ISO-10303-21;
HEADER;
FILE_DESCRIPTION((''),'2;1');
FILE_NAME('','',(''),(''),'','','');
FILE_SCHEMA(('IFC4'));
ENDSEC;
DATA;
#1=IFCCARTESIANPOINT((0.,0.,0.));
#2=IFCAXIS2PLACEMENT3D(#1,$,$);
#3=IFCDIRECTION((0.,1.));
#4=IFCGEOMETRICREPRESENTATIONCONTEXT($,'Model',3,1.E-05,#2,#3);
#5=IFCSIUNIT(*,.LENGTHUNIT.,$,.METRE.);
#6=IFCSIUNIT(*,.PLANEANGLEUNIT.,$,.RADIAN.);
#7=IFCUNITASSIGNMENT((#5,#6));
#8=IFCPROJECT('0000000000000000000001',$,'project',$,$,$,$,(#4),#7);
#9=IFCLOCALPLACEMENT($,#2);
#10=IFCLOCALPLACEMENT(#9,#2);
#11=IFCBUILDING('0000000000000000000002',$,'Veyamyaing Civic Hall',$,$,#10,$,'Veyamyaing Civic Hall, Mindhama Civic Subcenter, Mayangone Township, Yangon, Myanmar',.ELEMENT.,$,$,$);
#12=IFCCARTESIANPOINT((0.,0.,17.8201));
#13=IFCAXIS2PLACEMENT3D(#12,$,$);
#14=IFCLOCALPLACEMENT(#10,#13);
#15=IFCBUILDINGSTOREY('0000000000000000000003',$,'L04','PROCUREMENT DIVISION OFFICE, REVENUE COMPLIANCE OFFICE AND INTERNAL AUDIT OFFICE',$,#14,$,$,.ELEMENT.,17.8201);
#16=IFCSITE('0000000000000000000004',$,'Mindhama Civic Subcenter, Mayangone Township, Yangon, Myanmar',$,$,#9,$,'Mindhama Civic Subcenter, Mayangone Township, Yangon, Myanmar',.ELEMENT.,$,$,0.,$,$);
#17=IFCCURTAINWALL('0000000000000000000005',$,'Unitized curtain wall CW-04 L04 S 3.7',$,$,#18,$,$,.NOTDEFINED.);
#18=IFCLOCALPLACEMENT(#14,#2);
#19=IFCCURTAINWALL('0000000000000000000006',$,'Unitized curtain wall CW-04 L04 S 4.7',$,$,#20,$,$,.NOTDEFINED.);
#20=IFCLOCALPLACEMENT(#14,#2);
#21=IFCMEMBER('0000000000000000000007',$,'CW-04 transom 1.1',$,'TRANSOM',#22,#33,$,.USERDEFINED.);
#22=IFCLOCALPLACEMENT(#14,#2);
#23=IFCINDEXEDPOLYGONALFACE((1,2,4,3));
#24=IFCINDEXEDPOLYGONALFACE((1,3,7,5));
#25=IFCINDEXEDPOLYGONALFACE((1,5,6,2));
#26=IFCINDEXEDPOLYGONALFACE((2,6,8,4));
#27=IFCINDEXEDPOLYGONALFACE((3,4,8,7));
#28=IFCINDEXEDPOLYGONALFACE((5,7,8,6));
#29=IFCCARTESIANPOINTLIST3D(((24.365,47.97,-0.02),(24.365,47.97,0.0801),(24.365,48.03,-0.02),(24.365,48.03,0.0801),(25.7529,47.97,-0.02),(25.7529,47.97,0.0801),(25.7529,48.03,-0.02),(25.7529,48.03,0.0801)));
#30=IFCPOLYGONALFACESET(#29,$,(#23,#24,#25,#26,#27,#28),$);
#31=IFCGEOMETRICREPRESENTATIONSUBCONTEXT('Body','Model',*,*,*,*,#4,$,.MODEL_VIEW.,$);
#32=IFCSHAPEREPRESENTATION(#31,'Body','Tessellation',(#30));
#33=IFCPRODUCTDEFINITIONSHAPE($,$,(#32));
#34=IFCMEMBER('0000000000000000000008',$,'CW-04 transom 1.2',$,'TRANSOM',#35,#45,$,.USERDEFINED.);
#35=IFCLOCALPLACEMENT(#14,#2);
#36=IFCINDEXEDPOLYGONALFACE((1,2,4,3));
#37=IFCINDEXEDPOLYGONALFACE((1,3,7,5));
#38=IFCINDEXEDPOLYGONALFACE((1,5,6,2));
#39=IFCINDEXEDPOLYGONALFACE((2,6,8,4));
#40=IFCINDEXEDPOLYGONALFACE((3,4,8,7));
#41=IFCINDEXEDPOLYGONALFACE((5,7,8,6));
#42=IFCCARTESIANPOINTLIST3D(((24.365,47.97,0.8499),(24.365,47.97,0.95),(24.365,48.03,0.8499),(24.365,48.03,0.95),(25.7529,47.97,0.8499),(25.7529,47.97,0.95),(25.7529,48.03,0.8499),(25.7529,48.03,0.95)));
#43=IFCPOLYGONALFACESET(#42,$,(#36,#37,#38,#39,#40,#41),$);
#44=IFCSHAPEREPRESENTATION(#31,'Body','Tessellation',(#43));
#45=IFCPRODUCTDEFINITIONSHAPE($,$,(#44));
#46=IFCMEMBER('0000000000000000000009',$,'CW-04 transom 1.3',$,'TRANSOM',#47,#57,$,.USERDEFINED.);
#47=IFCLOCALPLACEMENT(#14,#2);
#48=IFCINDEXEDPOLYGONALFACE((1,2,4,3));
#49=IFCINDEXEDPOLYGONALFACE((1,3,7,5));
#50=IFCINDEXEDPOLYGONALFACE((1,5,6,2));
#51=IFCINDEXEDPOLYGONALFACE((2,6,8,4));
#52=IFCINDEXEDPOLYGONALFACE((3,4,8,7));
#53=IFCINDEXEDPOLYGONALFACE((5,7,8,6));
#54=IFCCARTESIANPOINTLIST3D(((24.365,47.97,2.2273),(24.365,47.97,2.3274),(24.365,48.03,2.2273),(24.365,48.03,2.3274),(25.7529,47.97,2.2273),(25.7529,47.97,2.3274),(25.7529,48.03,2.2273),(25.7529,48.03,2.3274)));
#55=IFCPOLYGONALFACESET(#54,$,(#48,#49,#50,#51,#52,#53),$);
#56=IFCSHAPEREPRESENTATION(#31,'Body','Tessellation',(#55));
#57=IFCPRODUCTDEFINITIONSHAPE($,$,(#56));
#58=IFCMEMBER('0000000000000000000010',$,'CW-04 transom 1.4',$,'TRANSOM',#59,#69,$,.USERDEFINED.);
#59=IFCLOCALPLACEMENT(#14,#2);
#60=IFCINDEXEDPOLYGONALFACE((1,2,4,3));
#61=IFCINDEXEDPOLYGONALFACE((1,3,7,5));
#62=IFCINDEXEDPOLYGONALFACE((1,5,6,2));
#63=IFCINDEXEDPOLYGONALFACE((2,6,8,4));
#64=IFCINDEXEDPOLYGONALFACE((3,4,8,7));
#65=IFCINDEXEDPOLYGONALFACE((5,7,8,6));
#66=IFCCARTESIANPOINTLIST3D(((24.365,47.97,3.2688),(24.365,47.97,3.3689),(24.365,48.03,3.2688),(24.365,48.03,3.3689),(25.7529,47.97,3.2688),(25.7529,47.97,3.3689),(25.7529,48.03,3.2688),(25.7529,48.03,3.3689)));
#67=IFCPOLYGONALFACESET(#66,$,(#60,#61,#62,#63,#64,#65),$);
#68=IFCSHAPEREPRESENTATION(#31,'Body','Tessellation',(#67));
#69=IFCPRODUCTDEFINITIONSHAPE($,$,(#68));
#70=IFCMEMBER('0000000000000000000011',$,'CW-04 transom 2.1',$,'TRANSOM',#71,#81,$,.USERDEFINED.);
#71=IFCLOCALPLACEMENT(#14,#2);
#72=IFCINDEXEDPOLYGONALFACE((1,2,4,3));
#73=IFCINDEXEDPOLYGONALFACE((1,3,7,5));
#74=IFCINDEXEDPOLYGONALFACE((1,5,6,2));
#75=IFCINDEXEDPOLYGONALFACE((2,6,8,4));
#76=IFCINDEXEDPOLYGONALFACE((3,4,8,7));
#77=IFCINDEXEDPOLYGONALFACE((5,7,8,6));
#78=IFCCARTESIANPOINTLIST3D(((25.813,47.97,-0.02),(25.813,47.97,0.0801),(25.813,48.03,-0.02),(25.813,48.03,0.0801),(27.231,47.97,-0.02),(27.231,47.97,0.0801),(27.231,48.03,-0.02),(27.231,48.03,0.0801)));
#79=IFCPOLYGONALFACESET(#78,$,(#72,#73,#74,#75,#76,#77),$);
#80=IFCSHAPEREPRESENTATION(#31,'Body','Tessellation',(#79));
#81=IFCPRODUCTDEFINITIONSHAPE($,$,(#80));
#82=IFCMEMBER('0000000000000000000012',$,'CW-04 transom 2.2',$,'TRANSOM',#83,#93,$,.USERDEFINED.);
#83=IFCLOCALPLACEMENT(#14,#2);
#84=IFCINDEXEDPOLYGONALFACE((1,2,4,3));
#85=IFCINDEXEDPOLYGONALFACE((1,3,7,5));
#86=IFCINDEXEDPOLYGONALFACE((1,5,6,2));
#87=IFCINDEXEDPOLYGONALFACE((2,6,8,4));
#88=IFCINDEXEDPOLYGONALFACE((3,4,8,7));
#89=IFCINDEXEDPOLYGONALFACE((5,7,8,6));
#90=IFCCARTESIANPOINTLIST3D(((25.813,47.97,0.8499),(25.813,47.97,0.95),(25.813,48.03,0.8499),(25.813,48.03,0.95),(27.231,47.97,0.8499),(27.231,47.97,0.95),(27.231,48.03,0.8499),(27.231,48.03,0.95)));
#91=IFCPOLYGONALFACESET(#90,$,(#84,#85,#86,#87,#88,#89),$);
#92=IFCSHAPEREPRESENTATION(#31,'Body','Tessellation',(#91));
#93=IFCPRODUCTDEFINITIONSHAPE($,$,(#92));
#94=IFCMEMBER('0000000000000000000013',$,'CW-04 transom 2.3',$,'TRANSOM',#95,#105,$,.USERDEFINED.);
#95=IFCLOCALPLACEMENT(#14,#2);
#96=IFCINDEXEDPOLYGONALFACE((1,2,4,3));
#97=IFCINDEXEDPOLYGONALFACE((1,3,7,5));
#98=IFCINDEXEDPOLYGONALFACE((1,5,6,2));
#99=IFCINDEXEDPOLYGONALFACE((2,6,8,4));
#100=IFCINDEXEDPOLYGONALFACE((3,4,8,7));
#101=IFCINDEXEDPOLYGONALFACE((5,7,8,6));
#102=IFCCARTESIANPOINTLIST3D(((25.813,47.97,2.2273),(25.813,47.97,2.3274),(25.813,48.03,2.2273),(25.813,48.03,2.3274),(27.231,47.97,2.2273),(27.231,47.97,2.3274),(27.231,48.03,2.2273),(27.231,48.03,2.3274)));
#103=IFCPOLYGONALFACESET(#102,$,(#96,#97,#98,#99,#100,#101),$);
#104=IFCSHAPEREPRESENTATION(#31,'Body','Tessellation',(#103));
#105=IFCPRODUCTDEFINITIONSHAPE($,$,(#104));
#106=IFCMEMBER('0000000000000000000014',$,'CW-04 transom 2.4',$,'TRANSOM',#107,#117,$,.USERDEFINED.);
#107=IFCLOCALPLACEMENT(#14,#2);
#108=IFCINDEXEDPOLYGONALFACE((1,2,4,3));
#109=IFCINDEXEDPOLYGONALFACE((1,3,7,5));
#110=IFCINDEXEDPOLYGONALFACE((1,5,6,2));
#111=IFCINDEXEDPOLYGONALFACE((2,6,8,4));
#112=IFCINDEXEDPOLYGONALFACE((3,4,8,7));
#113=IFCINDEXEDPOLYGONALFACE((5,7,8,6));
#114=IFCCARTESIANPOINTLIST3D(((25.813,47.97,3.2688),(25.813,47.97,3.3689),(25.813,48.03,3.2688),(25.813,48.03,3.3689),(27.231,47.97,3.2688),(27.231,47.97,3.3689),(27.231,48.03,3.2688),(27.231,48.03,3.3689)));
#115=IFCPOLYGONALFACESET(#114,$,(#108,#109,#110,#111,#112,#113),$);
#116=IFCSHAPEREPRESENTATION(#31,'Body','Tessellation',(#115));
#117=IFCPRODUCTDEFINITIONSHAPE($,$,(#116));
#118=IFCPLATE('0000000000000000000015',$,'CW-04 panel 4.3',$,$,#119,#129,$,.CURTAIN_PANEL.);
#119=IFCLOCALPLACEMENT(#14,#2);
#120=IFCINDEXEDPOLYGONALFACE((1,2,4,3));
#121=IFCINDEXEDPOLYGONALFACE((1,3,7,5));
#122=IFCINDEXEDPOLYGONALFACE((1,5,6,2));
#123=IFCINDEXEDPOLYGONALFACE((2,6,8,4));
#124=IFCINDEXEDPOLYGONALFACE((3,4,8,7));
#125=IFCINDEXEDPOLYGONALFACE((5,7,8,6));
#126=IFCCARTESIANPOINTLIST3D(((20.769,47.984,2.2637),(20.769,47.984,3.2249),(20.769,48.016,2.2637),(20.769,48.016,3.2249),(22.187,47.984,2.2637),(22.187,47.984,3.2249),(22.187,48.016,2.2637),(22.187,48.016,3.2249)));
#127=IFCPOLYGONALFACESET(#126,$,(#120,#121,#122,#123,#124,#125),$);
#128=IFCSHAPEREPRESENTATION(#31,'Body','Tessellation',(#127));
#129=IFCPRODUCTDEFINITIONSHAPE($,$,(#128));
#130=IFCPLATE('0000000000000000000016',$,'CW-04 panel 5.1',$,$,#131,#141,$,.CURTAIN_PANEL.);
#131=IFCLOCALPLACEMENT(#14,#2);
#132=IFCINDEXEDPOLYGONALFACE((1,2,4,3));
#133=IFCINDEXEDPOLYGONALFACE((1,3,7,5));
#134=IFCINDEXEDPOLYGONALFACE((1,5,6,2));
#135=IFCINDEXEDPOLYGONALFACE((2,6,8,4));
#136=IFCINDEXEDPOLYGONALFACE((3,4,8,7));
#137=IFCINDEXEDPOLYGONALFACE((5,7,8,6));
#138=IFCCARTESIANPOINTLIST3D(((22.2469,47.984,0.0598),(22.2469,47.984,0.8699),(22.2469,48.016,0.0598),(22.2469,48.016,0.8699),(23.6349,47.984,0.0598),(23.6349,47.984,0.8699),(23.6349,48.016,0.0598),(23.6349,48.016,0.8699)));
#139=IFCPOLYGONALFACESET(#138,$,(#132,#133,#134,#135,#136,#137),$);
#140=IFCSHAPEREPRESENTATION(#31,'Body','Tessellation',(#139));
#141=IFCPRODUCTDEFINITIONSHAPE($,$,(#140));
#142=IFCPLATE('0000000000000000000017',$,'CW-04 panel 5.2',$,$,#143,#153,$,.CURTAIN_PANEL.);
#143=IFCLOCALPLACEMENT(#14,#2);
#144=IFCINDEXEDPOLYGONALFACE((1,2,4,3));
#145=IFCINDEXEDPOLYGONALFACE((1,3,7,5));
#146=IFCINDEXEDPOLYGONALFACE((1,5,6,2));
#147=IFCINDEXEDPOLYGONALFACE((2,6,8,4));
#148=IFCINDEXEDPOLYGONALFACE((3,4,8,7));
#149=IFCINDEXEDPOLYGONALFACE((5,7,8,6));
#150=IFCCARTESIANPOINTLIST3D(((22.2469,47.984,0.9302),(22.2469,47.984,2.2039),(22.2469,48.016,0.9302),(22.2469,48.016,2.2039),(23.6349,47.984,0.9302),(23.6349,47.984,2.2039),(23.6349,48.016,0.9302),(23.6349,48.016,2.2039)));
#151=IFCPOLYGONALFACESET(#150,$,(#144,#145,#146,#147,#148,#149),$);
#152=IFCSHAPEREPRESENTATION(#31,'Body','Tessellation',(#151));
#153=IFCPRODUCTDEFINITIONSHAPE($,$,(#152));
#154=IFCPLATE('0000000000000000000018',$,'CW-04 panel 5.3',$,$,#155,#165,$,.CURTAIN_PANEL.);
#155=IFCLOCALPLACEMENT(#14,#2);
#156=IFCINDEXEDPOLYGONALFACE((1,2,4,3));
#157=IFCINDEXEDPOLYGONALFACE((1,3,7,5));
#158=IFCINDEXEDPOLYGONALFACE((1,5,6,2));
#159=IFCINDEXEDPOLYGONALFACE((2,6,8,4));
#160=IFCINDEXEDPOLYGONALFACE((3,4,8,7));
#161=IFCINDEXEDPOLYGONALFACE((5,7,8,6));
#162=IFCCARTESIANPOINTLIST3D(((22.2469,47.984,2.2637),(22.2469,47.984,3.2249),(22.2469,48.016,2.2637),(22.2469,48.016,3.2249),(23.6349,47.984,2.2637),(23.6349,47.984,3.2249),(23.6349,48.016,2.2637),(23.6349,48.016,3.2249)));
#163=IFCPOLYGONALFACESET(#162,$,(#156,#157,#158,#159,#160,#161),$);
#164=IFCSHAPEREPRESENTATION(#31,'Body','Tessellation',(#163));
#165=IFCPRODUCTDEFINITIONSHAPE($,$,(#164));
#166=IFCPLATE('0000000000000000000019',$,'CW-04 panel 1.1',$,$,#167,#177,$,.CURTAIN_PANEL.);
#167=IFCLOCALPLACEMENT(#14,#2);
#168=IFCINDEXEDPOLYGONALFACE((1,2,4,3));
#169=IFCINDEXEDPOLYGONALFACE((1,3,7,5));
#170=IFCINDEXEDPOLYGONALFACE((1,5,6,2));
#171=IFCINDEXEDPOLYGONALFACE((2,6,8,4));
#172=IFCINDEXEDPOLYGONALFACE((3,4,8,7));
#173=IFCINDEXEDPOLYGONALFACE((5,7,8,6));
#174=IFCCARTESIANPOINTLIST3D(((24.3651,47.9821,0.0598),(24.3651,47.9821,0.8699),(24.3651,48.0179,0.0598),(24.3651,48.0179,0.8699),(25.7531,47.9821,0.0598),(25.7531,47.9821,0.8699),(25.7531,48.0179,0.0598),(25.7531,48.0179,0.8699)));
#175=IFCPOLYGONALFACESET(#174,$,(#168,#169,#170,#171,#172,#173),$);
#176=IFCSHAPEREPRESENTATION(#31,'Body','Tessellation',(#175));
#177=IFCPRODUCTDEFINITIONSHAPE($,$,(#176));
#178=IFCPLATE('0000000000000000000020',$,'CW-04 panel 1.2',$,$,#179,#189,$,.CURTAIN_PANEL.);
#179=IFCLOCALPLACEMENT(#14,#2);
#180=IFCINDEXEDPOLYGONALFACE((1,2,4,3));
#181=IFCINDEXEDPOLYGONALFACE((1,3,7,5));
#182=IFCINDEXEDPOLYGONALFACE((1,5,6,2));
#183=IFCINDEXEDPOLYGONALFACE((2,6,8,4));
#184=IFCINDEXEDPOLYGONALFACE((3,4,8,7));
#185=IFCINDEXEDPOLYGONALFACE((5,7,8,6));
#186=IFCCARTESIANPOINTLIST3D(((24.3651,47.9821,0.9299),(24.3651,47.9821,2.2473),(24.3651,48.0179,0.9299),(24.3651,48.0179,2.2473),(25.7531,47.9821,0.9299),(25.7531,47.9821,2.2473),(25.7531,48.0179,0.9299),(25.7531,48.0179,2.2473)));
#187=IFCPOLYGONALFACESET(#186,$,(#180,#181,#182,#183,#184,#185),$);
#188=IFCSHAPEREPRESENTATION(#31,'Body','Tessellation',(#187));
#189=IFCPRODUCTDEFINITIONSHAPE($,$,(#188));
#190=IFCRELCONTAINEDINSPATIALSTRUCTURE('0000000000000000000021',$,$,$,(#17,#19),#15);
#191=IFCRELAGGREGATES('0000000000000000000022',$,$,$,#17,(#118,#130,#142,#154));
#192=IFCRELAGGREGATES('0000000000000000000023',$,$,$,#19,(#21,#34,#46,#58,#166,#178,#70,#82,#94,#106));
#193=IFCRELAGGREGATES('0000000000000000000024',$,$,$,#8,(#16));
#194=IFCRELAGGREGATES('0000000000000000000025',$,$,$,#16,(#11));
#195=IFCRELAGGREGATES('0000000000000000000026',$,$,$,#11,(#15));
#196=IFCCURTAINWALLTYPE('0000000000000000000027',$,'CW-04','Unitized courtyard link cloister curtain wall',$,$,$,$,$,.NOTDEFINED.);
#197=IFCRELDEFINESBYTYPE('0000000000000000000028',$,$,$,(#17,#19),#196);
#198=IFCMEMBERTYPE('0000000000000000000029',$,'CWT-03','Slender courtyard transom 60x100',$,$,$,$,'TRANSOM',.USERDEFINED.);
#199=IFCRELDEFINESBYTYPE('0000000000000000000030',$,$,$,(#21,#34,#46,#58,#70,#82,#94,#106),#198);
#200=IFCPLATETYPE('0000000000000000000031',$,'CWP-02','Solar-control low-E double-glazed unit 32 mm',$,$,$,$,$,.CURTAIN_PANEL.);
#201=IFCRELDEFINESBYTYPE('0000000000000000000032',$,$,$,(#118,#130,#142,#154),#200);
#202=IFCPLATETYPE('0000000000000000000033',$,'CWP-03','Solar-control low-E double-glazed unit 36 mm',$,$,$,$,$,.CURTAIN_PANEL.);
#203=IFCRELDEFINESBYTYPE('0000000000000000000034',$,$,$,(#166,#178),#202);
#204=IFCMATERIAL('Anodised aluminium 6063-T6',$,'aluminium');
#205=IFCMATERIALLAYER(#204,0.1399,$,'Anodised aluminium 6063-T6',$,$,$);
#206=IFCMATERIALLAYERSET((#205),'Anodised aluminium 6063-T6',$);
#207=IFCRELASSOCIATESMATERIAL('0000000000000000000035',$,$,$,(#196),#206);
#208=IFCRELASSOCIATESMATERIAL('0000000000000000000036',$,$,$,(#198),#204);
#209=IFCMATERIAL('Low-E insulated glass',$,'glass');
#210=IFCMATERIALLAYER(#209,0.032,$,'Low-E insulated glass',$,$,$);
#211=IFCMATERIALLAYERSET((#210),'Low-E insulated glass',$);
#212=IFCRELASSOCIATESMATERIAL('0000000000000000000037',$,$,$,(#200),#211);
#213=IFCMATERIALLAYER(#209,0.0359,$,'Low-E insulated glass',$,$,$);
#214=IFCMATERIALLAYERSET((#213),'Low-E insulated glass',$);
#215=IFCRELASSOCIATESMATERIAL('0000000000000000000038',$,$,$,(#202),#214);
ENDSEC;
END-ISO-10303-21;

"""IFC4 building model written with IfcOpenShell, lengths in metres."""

from ifc_helpers import new_model, si_unit, direction, frame, origin, origin_2d, place, context, subcontext, project, spatial, rectangle, extrude, material, layer, layer_set, material_profile, profile_set, type_object, element, aggregate, save


model = new_model("IFC4")

# Units and contexts
model_context = context("Model", 3, precision=1e-05, world=origin(), true_north=direction((0.0, 1.0)))
body_context = subcontext(model_context, "Body", "Model", "MODEL_VIEW")
ifc_project = project(units=[si_unit("LENGTHUNIT", "METRE"), si_unit("PLANEANGLEUNIT", "RADIAN")], contexts=[model_context])

# Site, building, storey
site_placement = place(None, origin())
site = spatial("IfcSite", under=ifc_project, at=site_placement, Name="Mindhama Civic Subcenter, Mayangone Township, Yangon, Myanmar", LongName="Mindhama Civic Subcenter, Mayangone Township, Yangon, Myanmar", CompositionType="ELEMENT", RefElevation=0.0)
building_placement = place(site_placement, origin())
building = spatial("IfcBuilding", under=site, at=building_placement, Name="Veyamyaing Civic Hall", LongName="Veyamyaing Civic Hall, Mindhama Civic Subcenter, Mayangone Township, Yangon, Myanmar", CompositionType="ELEMENT")
storey_placement = place(building_placement, frame((0.0, 0.0, 17.8201)))
storey = spatial("IfcBuildingStorey", under=building, at=storey_placement, Name="L04", Description="PROCUREMENT DIVISION OFFICE, REVENUE COMPLIANCE OFFICE AND INTERNAL AUDIT OFFICE", CompositionType="ELEMENT", Elevation=17.8201)

# Curtain walls
ifc_material_1 = material(Name="Anodised aluminium 6063-T6", Category="aluminium")
ifc_layer_1 = layer(ifc_material_1, 0.1399, Name="Anodised aluminium 6063-T6")
ifc_layer_set_1 = layer_set([ifc_layer_1], Name="Anodised aluminium 6063-T6")
curtain_wall_type = type_object("IfcCurtainWallType", Name="CW-04", Description="Unitized courtyard link cloister curtain wall", PredefinedType="NOTDEFINED", material=ifc_layer_set_1)
curtain_wall_1_placement = place(storey_placement, origin())
curtain_wall_1 = element("IfcCurtainWall", 1, at=curtain_wall_1_placement, inside=storey, type_object=curtain_wall_type, Name="Unitized curtain wall CW-04 L04 S 3.7", PredefinedType="NOTDEFINED")
curtain_wall_2_placement = place(storey_placement, origin())
curtain_wall_2 = element("IfcCurtainWall", 2, at=curtain_wall_2_placement, inside=storey, type_object=curtain_wall_type, Name="Unitized curtain wall CW-04 L04 S 4.7", PredefinedType="NOTDEFINED")

# Members
ifc_material_profile_1 = material_profile(ifc_material_1, rectangle(XDim=0.0601, YDim=0.1001, at=origin_2d()), Name="ALU-TRN-60X100")
ifc_profile_set_1 = profile_set([ifc_material_profile_1], Name="Anodised aluminium 6063-T6")
member_type_1 = type_object("IfcMemberType", Name="CWT-03", Description="Slender courtyard transom 60x100", ElementType="TRANSOM", PredefinedType="USERDEFINED", material=ifc_profile_set_1)
member_1_placement = place(storey_placement, frame((24.365, 48.0, 0.03), z_axis=(1.0, 0.0, 0.0), x_axis=(0.0, 1.0, 0.0)))
member_1 = element("IfcMember", 3, at=member_1_placement, type_object=member_type_1, Name="CW-04 transom 1.1", ObjectType="TRANSOM", PredefinedType="USERDEFINED", context=body_context, shape_type="SweptSolid", body=[
    extrude(rectangle(XDim=0.0601, YDim=0.1001, at=origin_2d()), origin(), (0.0, 0.0, 1.0), 1.3879),
])
member_2_placement = place(storey_placement, frame((24.365, 48.0, 0.8999), z_axis=(1.0, 0.0, 0.0), x_axis=(0.0, 1.0, 0.0)))
member_2 = element("IfcMember", 4, at=member_2_placement, type_object=member_type_1, Name="CW-04 transom 1.2", ObjectType="TRANSOM", PredefinedType="USERDEFINED", context=body_context, shape_type="SweptSolid", body=[
    extrude(rectangle(XDim=0.0601, YDim=0.1001, at=origin_2d()), origin(), (0.0, 0.0, 1.0), 1.3879),
])
member_3_placement = place(storey_placement, frame((24.365, 48.0, 2.2773), z_axis=(1.0, 0.0, 0.0), x_axis=(0.0, 1.0, 0.0)))
member_3 = element("IfcMember", 5, at=member_3_placement, type_object=member_type_1, Name="CW-04 transom 1.3", ObjectType="TRANSOM", PredefinedType="USERDEFINED", context=body_context, shape_type="SweptSolid", body=[
    extrude(rectangle(XDim=0.0601, YDim=0.1001, at=origin_2d()), origin(), (0.0, 0.0, 1.0), 1.3879),
])
member_4_placement = place(storey_placement, frame((24.365, 48.0, 3.3188), z_axis=(1.0, 0.0, 0.0), x_axis=(0.0, 1.0, 0.0)))
member_4 = element("IfcMember", 6, at=member_4_placement, type_object=member_type_1, Name="CW-04 transom 1.4", ObjectType="TRANSOM", PredefinedType="USERDEFINED", context=body_context, shape_type="SweptSolid", body=[
    extrude(rectangle(XDim=0.0601, YDim=0.1001, at=origin_2d()), origin(), (0.0, 0.0, 1.0), 1.3879),
])
member_5_placement = place(storey_placement, frame((25.813, 48.0, 0.03), z_axis=(1.0, 0.0, 0.0), x_axis=(0.0, 1.0, 0.0)))
member_5 = element("IfcMember", 7, at=member_5_placement, type_object=member_type_1, Name="CW-04 transom 2.1", ObjectType="TRANSOM", PredefinedType="USERDEFINED", context=body_context, shape_type="SweptSolid", body=[
    extrude(rectangle(XDim=0.0601, YDim=0.1001, at=origin_2d()), origin(), (0.0, 0.0, 1.0), 1.418),
])
member_6_placement = place(storey_placement, frame((25.813, 48.0, 0.8999), z_axis=(1.0, 0.0, 0.0), x_axis=(0.0, 1.0, 0.0)))
member_6 = element("IfcMember", 8, at=member_6_placement, type_object=member_type_1, Name="CW-04 transom 2.2", ObjectType="TRANSOM", PredefinedType="USERDEFINED", context=body_context, shape_type="SweptSolid", body=[
    extrude(rectangle(XDim=0.0601, YDim=0.1001, at=origin_2d()), origin(), (0.0, 0.0, 1.0), 1.418),
])
member_7_placement = place(storey_placement, frame((25.813, 48.0, 2.2773), z_axis=(1.0, 0.0, 0.0), x_axis=(0.0, 1.0, 0.0)))
member_7 = element("IfcMember", 9, at=member_7_placement, type_object=member_type_1, Name="CW-04 transom 2.3", ObjectType="TRANSOM", PredefinedType="USERDEFINED", context=body_context, shape_type="SweptSolid", body=[
    extrude(rectangle(XDim=0.0601, YDim=0.1001, at=origin_2d()), origin(), (0.0, 0.0, 1.0), 1.418),
])
member_8_placement = place(storey_placement, frame((25.813, 48.0, 3.3188), z_axis=(1.0, 0.0, 0.0), x_axis=(0.0, 1.0, 0.0)))
member_8 = element("IfcMember", 10, at=member_8_placement, type_object=member_type_1, Name="CW-04 transom 2.4", ObjectType="TRANSOM", PredefinedType="USERDEFINED", context=body_context, shape_type="SweptSolid", body=[
    extrude(rectangle(XDim=0.0601, YDim=0.1001, at=origin_2d()), origin(), (0.0, 0.0, 1.0), 1.418),
])

# Plates
ifc_material_2 = material(Name="Low-E insulated glass", Category="glass")
ifc_layer_2 = layer(ifc_material_2, 0.032, Name="Low-E insulated glass")
ifc_layer_set_2 = layer_set([ifc_layer_2], Name="Low-E insulated glass")
plate_type_1 = type_object("IfcPlateType", Name="CWP-02", Description="Solar-control low-E double-glazed unit 32 mm", PredefinedType="CURTAIN_PANEL", material=ifc_layer_set_2)
plate_1_placement = place(storey_placement, frame((21.478, 48.0, 2.2637), z_axis=(0.0, 0.0, 1.0), x_axis=(1.0, 0.0, 0.0)))
plate_1 = element("IfcPlate", 11, at=plate_1_placement, type_object=plate_type_1, Name="CW-04 panel 4.3", PredefinedType="CURTAIN_PANEL", context=body_context, shape_type="SweptSolid", body=[
    extrude(rectangle(XDim=1.418, YDim=0.032, at=origin_2d()), origin(), (0.0, 0.0, 1.0), 0.9612),
])
plate_2_placement = place(storey_placement, frame((22.9409, 48.0, 0.0598), z_axis=(0.0, 0.0, 1.0), x_axis=(1.0, 0.0, 0.0)))
plate_2 = element("IfcPlate", 12, at=plate_2_placement, type_object=plate_type_1, Name="CW-04 panel 5.1", PredefinedType="CURTAIN_PANEL", context=body_context, shape_type="SweptSolid", body=[
    extrude(rectangle(XDim=1.3879, YDim=0.032, at=origin_2d()), origin(), (0.0, 0.0, 1.0), 0.8101),
])
plate_3_placement = place(storey_placement, frame((22.9409, 48.0, 0.9302), z_axis=(0.0, 0.0, 1.0), x_axis=(1.0, 0.0, 0.0)))
plate_3 = element("IfcPlate", 13, at=plate_3_placement, type_object=plate_type_1, Name="CW-04 panel 5.2", PredefinedType="CURTAIN_PANEL", context=body_context, shape_type="SweptSolid", body=[
    extrude(rectangle(XDim=1.3879, YDim=0.032, at=origin_2d()), origin(), (0.0, 0.0, 1.0), 1.2737),
])
plate_4_placement = place(storey_placement, frame((22.9409, 48.0, 2.2637), z_axis=(0.0, 0.0, 1.0), x_axis=(1.0, 0.0, 0.0)))
plate_4 = element("IfcPlate", 14, at=plate_4_placement, type_object=plate_type_1, Name="CW-04 panel 5.3", PredefinedType="CURTAIN_PANEL", context=body_context, shape_type="SweptSolid", body=[
    extrude(rectangle(XDim=1.3879, YDim=0.032, at=origin_2d()), origin(), (0.0, 0.0, 1.0), 0.9612),
])
aggregate(curtain_wall_1, [plate_1, plate_2, plate_3, plate_4])
ifc_layer_3 = layer(ifc_material_2, 0.0359, Name="Low-E insulated glass")
ifc_layer_set_3 = layer_set([ifc_layer_3], Name="Low-E insulated glass")
plate_type_2 = type_object("IfcPlateType", Name="CWP-03", Description="Solar-control low-E double-glazed unit 36 mm", PredefinedType="CURTAIN_PANEL", material=ifc_layer_set_3)
plate_5_placement = place(storey_placement, frame((25.0591, 48.0, 0.0598), z_axis=(0.0, 0.0, 1.0), x_axis=(1.0, 0.0, 0.0)))
plate_5 = element("IfcPlate", 15, at=plate_5_placement, type_object=plate_type_2, Name="CW-04 panel 1.1", PredefinedType="CURTAIN_PANEL", context=body_context, shape_type="SweptSolid", body=[
    extrude(rectangle(XDim=1.3879, YDim=0.0359, at=origin_2d()), origin(), (0.0, 0.0, 1.0), 0.8101),
])
plate_6_placement = place(storey_placement, frame((25.0591, 48.0, 0.9299), z_axis=(0.0, 0.0, 1.0), x_axis=(1.0, 0.0, 0.0)))
plate_6 = element("IfcPlate", 16, at=plate_6_placement, type_object=plate_type_2, Name="CW-04 panel 1.2", PredefinedType="CURTAIN_PANEL", context=body_context, shape_type="SweptSolid", body=[
    extrude(rectangle(XDim=1.3879, YDim=0.0359, at=origin_2d()), origin(), (0.0, 0.0, 1.0), 1.3174),
])
aggregate(curtain_wall_2, [member_1, member_2, member_3, member_4, plate_5, plate_6, member_5, member_6, member_7, member_8])

save(model, "model.ifc")
